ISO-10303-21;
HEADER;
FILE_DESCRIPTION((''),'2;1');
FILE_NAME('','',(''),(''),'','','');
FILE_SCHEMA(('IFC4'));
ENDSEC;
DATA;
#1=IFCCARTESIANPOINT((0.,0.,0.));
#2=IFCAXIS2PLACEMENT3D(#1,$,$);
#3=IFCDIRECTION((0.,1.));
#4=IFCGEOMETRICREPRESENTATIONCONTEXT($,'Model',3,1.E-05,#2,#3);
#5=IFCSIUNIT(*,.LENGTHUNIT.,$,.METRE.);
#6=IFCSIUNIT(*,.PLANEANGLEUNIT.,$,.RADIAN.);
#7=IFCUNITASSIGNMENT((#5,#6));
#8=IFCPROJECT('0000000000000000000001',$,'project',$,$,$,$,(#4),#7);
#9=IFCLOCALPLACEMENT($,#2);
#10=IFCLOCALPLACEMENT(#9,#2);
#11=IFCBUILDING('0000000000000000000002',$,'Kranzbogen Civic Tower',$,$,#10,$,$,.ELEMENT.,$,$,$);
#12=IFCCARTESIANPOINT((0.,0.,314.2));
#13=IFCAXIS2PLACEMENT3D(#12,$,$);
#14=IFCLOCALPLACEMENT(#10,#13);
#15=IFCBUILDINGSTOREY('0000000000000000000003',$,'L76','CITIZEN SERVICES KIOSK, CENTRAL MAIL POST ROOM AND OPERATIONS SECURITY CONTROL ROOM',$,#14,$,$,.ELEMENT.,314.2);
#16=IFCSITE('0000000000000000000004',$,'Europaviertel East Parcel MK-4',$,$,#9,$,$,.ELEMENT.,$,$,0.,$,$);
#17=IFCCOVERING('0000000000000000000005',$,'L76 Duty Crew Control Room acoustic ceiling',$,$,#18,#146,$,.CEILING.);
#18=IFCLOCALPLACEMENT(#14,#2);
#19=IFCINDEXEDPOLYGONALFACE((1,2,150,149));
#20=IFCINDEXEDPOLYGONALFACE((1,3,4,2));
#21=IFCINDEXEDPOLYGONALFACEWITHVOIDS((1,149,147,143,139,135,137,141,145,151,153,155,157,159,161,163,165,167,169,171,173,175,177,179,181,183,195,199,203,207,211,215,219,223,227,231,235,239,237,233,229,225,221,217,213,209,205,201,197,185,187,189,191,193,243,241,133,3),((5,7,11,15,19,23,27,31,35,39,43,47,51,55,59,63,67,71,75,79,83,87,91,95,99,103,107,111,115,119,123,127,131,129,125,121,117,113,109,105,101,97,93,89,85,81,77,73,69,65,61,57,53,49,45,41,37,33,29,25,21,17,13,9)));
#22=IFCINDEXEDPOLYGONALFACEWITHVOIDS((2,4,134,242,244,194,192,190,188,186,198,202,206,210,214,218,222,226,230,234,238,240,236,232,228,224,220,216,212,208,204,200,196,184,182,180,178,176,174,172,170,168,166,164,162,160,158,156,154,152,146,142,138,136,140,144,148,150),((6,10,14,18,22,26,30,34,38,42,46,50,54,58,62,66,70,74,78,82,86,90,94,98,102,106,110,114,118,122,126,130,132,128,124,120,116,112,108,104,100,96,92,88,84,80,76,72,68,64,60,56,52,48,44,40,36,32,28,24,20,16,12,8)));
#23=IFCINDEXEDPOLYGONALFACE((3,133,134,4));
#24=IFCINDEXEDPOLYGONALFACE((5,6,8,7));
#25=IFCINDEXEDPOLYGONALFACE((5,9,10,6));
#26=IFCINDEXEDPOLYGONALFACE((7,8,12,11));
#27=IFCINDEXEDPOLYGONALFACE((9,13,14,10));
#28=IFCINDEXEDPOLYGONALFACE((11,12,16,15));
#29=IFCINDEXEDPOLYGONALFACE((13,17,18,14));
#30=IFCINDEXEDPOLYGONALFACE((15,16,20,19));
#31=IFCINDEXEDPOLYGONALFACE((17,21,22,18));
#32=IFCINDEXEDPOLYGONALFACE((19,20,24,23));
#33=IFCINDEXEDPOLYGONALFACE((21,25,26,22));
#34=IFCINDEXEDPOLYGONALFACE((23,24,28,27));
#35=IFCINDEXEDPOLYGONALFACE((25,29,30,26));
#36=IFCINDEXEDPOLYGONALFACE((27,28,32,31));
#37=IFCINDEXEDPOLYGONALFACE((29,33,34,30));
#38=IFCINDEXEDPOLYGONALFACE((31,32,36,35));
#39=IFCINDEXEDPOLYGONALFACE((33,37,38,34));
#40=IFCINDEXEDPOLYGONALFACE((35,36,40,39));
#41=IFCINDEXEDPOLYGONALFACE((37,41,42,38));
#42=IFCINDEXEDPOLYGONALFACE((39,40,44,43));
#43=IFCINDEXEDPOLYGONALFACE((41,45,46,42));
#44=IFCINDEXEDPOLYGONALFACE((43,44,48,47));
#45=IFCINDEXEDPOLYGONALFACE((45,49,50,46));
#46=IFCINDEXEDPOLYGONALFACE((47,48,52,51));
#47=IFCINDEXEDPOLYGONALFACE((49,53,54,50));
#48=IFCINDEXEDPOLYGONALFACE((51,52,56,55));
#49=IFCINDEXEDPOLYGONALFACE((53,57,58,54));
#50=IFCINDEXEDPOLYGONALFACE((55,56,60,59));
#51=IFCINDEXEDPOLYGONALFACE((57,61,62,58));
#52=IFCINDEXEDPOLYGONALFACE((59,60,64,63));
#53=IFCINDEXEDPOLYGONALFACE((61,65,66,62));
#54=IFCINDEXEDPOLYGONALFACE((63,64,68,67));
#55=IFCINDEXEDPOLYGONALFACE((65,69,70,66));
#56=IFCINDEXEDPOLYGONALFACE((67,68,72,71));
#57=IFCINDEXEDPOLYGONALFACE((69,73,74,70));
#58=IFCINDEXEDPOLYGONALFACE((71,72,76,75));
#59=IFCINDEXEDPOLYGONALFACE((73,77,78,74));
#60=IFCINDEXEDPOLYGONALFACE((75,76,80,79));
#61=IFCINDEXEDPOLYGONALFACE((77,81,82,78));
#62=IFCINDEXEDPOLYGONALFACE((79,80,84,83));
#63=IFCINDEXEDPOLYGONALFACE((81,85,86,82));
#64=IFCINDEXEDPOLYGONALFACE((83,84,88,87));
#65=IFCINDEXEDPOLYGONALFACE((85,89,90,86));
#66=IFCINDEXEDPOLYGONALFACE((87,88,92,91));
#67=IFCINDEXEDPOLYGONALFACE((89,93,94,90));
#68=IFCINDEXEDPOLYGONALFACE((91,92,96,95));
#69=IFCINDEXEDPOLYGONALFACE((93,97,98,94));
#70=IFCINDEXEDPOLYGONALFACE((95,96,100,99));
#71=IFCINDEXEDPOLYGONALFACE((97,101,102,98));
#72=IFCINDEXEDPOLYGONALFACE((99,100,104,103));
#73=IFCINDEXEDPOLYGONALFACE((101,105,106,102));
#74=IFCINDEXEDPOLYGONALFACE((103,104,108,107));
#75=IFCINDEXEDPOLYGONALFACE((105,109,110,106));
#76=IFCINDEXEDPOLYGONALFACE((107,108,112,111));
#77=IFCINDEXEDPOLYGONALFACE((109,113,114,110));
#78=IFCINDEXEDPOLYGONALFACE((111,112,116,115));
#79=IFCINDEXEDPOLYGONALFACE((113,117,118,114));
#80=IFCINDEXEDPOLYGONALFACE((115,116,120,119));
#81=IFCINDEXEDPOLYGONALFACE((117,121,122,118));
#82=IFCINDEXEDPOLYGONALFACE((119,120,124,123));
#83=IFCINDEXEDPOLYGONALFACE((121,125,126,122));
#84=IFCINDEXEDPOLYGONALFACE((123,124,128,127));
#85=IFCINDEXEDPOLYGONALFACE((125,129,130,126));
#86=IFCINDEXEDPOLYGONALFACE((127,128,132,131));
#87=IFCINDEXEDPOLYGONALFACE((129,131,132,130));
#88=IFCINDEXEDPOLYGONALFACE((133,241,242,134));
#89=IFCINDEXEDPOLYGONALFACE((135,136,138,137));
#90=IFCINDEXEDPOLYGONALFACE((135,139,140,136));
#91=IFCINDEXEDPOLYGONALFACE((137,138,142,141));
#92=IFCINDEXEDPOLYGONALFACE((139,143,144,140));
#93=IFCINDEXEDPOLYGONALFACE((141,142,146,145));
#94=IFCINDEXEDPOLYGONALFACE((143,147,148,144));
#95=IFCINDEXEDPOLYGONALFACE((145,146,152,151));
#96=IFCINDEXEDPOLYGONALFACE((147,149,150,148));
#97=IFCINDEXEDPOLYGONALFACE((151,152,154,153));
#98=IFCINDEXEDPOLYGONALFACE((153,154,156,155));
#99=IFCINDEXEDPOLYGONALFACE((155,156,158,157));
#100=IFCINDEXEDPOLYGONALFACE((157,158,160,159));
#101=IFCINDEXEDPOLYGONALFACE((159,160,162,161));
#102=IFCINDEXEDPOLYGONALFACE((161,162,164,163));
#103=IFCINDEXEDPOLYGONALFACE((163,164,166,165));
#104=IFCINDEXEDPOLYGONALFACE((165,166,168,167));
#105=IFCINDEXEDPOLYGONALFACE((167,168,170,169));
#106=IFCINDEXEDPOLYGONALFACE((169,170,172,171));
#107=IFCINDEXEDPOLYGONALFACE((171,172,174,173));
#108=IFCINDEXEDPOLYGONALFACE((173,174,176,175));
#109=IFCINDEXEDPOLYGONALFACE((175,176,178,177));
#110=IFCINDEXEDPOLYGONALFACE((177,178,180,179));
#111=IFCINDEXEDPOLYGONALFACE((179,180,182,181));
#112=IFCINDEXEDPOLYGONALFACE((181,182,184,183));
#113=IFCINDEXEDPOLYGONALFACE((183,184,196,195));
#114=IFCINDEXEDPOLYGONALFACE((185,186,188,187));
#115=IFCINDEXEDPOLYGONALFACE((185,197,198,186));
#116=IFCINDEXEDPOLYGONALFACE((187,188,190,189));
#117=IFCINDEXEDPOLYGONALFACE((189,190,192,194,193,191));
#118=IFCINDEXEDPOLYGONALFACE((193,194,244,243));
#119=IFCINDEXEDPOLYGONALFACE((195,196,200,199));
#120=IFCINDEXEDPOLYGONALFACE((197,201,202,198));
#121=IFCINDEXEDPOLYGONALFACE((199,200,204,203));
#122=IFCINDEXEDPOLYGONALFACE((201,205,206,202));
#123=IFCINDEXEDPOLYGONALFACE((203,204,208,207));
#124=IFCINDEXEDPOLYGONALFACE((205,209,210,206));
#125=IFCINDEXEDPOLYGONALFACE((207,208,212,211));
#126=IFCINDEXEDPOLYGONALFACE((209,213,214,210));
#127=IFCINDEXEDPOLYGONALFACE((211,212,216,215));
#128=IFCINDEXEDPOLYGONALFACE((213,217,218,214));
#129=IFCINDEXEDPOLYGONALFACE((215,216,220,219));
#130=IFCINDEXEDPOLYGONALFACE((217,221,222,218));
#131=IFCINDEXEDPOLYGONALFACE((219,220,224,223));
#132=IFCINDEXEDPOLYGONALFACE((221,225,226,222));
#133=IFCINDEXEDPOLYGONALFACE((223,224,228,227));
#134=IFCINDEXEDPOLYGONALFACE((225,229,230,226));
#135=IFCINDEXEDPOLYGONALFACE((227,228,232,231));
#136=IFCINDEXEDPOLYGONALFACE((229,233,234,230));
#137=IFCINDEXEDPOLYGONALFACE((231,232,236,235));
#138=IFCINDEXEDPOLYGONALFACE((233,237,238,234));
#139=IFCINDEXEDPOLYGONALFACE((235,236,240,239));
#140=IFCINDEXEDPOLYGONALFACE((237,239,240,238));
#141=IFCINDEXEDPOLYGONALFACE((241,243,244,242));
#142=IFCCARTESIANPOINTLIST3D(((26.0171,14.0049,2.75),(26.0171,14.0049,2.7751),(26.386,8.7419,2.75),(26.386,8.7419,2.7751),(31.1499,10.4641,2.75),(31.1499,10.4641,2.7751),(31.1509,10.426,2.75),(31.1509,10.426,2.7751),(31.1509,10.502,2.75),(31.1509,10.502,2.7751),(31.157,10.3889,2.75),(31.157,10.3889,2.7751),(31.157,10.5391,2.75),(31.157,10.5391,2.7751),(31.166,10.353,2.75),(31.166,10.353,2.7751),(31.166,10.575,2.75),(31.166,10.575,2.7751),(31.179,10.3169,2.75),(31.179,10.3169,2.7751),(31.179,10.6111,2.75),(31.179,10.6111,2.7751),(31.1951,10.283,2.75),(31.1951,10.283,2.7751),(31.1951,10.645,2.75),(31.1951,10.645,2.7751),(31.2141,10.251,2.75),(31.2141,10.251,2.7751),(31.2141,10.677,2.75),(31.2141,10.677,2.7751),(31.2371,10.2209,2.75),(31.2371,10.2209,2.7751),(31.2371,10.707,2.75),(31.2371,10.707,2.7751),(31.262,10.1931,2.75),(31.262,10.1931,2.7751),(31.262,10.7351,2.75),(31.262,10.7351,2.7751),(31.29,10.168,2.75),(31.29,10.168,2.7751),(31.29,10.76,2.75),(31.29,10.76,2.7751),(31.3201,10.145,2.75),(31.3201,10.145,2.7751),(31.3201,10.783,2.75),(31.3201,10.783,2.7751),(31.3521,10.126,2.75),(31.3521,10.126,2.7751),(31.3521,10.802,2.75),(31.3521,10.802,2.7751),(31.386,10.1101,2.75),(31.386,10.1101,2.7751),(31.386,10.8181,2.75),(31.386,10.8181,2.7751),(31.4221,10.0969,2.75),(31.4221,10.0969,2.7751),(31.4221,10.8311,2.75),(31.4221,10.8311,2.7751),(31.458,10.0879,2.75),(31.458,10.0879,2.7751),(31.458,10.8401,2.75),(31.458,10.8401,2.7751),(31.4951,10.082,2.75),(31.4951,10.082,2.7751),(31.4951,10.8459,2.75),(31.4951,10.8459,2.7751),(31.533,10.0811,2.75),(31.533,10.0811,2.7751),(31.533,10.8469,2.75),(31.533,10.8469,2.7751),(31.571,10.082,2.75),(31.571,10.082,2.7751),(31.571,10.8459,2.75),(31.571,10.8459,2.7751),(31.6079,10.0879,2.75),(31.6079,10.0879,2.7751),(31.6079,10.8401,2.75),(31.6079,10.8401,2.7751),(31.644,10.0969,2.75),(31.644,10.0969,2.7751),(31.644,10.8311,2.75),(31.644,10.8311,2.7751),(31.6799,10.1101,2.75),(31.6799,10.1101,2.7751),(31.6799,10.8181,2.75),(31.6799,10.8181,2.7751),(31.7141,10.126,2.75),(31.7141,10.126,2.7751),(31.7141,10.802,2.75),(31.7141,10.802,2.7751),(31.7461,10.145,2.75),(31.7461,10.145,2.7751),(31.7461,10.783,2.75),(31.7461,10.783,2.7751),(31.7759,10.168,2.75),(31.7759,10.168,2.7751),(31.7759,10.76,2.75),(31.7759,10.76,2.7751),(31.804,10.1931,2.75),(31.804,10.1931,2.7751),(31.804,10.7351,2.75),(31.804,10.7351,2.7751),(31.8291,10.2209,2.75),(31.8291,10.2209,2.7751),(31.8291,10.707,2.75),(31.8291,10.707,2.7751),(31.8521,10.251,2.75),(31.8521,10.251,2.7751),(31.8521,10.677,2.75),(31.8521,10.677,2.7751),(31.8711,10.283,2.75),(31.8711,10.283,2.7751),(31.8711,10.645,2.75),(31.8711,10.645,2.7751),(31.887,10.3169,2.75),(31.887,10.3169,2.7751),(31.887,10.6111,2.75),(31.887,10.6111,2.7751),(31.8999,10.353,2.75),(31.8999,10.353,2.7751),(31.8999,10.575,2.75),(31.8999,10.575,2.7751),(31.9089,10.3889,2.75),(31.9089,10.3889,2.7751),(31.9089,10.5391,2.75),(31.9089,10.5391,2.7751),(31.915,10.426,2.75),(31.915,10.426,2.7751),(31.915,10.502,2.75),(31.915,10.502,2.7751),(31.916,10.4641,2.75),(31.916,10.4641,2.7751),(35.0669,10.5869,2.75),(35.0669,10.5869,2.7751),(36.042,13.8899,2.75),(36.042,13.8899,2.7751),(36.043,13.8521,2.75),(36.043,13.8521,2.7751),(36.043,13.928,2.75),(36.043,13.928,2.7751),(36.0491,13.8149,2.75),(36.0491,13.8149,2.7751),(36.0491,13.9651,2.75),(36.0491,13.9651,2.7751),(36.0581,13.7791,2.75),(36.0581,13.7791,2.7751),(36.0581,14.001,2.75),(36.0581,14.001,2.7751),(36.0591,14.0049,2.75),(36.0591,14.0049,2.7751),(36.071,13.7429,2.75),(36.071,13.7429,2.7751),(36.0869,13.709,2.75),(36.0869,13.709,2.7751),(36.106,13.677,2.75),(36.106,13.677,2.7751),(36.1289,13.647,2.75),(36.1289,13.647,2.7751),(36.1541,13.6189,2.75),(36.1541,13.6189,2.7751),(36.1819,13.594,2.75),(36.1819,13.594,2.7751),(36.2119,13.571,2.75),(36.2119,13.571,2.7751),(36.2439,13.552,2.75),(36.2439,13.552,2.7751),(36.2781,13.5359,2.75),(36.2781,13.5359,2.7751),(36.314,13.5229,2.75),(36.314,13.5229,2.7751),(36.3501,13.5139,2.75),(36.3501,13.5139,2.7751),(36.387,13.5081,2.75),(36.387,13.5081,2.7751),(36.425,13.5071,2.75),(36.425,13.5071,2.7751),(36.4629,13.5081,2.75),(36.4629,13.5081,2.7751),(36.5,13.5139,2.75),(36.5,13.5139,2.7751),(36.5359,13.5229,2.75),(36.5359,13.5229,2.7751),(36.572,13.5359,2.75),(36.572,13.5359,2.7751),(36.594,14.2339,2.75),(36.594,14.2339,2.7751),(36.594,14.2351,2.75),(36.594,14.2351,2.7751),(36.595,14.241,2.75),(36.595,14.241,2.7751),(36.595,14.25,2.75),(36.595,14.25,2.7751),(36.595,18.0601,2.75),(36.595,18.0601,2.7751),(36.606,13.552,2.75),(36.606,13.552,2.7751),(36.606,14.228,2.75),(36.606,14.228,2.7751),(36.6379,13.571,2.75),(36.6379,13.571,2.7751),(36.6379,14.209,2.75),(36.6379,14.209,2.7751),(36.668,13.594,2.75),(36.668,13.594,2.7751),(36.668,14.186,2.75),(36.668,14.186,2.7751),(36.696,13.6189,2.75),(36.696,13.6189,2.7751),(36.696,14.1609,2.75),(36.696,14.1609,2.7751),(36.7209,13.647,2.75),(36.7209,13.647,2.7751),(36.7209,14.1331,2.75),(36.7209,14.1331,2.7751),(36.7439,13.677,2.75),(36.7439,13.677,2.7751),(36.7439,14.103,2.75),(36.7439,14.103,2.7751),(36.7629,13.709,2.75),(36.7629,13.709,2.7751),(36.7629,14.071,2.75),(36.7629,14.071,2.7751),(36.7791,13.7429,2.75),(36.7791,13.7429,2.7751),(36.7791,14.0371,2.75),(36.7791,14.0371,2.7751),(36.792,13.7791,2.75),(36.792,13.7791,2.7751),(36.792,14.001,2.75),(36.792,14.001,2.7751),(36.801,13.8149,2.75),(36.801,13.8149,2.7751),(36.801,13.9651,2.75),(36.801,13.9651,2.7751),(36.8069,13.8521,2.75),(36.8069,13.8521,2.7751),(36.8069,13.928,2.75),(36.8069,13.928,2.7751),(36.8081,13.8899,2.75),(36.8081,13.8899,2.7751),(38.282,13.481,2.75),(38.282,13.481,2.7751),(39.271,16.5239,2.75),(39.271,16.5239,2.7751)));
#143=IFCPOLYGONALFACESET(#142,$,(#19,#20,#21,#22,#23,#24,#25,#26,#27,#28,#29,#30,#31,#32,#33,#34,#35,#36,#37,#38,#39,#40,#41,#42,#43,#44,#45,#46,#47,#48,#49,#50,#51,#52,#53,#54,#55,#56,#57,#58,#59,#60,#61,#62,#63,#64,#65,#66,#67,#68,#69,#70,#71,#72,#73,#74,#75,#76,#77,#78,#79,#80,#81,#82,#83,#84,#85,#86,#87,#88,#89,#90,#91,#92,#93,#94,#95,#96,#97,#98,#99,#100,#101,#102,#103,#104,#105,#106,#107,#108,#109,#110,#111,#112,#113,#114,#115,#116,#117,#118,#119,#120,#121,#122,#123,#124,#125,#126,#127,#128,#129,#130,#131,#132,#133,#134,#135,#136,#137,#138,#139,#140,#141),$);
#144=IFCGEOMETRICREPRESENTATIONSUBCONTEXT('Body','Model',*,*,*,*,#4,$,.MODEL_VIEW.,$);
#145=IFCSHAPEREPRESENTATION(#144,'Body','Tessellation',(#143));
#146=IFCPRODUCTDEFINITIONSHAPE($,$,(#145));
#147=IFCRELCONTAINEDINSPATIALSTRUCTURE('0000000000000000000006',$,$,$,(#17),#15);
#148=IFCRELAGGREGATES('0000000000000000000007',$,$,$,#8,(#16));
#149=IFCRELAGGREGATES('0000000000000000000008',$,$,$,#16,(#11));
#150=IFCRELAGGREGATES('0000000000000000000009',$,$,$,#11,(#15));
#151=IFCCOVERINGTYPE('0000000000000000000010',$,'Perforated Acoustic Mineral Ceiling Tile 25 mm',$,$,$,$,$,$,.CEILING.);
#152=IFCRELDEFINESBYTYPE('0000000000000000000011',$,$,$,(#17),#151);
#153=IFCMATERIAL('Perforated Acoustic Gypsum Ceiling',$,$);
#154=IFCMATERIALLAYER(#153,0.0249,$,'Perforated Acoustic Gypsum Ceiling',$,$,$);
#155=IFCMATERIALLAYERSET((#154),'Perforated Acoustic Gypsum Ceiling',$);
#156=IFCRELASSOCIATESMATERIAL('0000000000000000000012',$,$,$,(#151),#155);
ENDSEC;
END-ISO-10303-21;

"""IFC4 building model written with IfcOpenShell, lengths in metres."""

from ifc_helpers import new_model, si_unit, direction, frame, origin, place, context, subcontext, project, spatial, polyline, outline, extrude, material, layer, layer_set, type_object, element, save


model = new_model("IFC4")

# Units and contexts
model_context = context("Model", 3, precision=1e-05, world=origin(), true_north=direction((0.0, 1.0)))
body_context = subcontext(model_context, "Body", "Model", "MODEL_VIEW")
ifc_project = project(units=[si_unit("LENGTHUNIT", "METRE"), si_unit("PLANEANGLEUNIT", "RADIAN")], contexts=[model_context])

# Site, building, storey
site_placement = place(None, origin())
site = spatial("IfcSite", under=ifc_project, at=site_placement, Name="Europaviertel East Parcel MK-4", CompositionType="ELEMENT", RefElevation=0.0)
building_placement = place(site_placement, origin())
building = spatial("IfcBuilding", under=site, at=building_placement, Name="Kranzbogen Civic Tower", CompositionType="ELEMENT")
storey_placement = place(building_placement, frame((0.0, 0.0, 314.2)))
storey = spatial("IfcBuildingStorey", under=building, at=storey_placement, Name="L76", Description="CITIZEN SERVICES KIOSK, CENTRAL MAIL POST ROOM AND OPERATIONS SECURITY CONTROL ROOM", CompositionType="ELEMENT", Elevation=314.2)

# Covering
ifc_material_1 = material(Name="Perforated Acoustic Gypsum Ceiling")
ifc_layer_1 = layer(ifc_material_1, 0.0249, Name="Perforated Acoustic Gypsum Ceiling")
ifc_layer_set_1 = layer_set([ifc_layer_1], Name="Perforated Acoustic Gypsum Ceiling")
covering_type_1 = type_object("IfcCoveringType", Name="Perforated Acoustic Mineral Ceiling Tile 25 mm", PredefinedType="CEILING", material=ifc_layer_set_1)
covering_1_placement = place(storey_placement, frame((0.0, 0.0, 2.75)))
element("IfcCovering", 1, at=covering_1_placement, inside=storey, type_object=covering_type_1, Name="L76 Duty Crew Control Room acoustic ceiling", PredefinedType="CEILING", context=body_context, shape_type="SweptSolid", body=[
    extrude(outline(polyline([(35.0669, 10.5869), (26.386, 8.7419), (26.0171, 14.0049), (36.0591, 14.0049), (36.0581, 14.001), (36.0491, 13.9651), (36.043, 13.928), (36.042, 13.8899), (36.043, 13.8521), (36.0491, 13.8149), (36.0581, 13.7791), (36.071, 13.7429), (36.0869, 13.709), (36.106, 13.677), (36.1289, 13.647), (36.1541, 13.6189), (36.1819, 13.594), (36.2119, 13.571), (36.2439, 13.552), (36.2781, 13.5359), (36.314, 13.5229), (36.3501, 13.5139), (36.387, 13.5081), (36.425, 13.5071), (36.4629, 13.5081), (36.5, 13.5139), (36.5359, 13.5229), (36.572, 13.5359), (36.606, 13.552), (36.6379, 13.571), (36.668, 13.594), (36.696, 13.6189), (36.7209, 13.647), (36.7439, 13.677), (36.7629, 13.709), (36.7791, 13.7429), (36.792, 13.7791), (36.801, 13.8149), (36.8069, 13.8521), (36.8081, 13.8899), (36.8069, 13.928), (36.801, 13.9651), (36.792, 14.001), (36.7791, 14.0371), (36.7629, 14.071), (36.7439, 14.103), (36.7209, 14.1331), (36.696, 14.1609), (36.668, 14.186), (36.6379, 14.209), (36.606, 14.228), (36.594, 14.2339), (36.594, 14.2351), (36.595, 14.241), (36.595, 14.25), (36.595, 18.0601), (39.271, 16.5239), (38.282, 13.481), (35.0669, 10.5869)]), holes=[polyline([(31.887, 10.3169), (31.8711, 10.283), (31.8521, 10.251), (31.8291, 10.2209), (31.804, 10.1931), (31.7759, 10.168), (31.7461, 10.145), (31.7141, 10.126), (31.6799, 10.1101), (31.644, 10.0969), (31.6079, 10.0879), (31.571, 10.082), (31.533, 10.0811), (31.4951, 10.082), (31.458, 10.0879), (31.4221, 10.0969), (31.386, 10.1101), (31.3521, 10.126), (31.3201, 10.145), (31.29, 10.168), (31.262, 10.1931), (31.2371, 10.2209), (31.2141, 10.251), (31.1951, 10.283), (31.179, 10.3169), (31.166, 10.353), (31.157, 10.3889), (31.1509, 10.426), (31.1499, 10.4641), (31.1509, 10.502), (31.157, 10.5391), (31.166, 10.575), (31.179, 10.6111), (31.1951, 10.645), (31.2141, 10.677), (31.2371, 10.707), (31.262, 10.7351), (31.29, 10.76), (31.3201, 10.783), (31.3521, 10.802), (31.386, 10.8181), (31.4221, 10.8311), (31.458, 10.8401), (31.4951, 10.8459), (31.533, 10.8469), (31.571, 10.8459), (31.6079, 10.8401), (31.644, 10.8311), (31.6799, 10.8181), (31.7141, 10.802), (31.7461, 10.783), (31.7759, 10.76), (31.804, 10.7351), (31.8291, 10.707), (31.8521, 10.677), (31.8711, 10.645), (31.887, 10.6111), (31.8999, 10.575), (31.9089, 10.5391), (31.915, 10.502), (31.916, 10.4641), (31.915, 10.426), (31.9089, 10.3889), (31.8999, 10.353), (31.887, 10.3169)])]), origin(), (0.0, 0.0, 1.0), 0.0251),
])

save(model, "model.ifc")
